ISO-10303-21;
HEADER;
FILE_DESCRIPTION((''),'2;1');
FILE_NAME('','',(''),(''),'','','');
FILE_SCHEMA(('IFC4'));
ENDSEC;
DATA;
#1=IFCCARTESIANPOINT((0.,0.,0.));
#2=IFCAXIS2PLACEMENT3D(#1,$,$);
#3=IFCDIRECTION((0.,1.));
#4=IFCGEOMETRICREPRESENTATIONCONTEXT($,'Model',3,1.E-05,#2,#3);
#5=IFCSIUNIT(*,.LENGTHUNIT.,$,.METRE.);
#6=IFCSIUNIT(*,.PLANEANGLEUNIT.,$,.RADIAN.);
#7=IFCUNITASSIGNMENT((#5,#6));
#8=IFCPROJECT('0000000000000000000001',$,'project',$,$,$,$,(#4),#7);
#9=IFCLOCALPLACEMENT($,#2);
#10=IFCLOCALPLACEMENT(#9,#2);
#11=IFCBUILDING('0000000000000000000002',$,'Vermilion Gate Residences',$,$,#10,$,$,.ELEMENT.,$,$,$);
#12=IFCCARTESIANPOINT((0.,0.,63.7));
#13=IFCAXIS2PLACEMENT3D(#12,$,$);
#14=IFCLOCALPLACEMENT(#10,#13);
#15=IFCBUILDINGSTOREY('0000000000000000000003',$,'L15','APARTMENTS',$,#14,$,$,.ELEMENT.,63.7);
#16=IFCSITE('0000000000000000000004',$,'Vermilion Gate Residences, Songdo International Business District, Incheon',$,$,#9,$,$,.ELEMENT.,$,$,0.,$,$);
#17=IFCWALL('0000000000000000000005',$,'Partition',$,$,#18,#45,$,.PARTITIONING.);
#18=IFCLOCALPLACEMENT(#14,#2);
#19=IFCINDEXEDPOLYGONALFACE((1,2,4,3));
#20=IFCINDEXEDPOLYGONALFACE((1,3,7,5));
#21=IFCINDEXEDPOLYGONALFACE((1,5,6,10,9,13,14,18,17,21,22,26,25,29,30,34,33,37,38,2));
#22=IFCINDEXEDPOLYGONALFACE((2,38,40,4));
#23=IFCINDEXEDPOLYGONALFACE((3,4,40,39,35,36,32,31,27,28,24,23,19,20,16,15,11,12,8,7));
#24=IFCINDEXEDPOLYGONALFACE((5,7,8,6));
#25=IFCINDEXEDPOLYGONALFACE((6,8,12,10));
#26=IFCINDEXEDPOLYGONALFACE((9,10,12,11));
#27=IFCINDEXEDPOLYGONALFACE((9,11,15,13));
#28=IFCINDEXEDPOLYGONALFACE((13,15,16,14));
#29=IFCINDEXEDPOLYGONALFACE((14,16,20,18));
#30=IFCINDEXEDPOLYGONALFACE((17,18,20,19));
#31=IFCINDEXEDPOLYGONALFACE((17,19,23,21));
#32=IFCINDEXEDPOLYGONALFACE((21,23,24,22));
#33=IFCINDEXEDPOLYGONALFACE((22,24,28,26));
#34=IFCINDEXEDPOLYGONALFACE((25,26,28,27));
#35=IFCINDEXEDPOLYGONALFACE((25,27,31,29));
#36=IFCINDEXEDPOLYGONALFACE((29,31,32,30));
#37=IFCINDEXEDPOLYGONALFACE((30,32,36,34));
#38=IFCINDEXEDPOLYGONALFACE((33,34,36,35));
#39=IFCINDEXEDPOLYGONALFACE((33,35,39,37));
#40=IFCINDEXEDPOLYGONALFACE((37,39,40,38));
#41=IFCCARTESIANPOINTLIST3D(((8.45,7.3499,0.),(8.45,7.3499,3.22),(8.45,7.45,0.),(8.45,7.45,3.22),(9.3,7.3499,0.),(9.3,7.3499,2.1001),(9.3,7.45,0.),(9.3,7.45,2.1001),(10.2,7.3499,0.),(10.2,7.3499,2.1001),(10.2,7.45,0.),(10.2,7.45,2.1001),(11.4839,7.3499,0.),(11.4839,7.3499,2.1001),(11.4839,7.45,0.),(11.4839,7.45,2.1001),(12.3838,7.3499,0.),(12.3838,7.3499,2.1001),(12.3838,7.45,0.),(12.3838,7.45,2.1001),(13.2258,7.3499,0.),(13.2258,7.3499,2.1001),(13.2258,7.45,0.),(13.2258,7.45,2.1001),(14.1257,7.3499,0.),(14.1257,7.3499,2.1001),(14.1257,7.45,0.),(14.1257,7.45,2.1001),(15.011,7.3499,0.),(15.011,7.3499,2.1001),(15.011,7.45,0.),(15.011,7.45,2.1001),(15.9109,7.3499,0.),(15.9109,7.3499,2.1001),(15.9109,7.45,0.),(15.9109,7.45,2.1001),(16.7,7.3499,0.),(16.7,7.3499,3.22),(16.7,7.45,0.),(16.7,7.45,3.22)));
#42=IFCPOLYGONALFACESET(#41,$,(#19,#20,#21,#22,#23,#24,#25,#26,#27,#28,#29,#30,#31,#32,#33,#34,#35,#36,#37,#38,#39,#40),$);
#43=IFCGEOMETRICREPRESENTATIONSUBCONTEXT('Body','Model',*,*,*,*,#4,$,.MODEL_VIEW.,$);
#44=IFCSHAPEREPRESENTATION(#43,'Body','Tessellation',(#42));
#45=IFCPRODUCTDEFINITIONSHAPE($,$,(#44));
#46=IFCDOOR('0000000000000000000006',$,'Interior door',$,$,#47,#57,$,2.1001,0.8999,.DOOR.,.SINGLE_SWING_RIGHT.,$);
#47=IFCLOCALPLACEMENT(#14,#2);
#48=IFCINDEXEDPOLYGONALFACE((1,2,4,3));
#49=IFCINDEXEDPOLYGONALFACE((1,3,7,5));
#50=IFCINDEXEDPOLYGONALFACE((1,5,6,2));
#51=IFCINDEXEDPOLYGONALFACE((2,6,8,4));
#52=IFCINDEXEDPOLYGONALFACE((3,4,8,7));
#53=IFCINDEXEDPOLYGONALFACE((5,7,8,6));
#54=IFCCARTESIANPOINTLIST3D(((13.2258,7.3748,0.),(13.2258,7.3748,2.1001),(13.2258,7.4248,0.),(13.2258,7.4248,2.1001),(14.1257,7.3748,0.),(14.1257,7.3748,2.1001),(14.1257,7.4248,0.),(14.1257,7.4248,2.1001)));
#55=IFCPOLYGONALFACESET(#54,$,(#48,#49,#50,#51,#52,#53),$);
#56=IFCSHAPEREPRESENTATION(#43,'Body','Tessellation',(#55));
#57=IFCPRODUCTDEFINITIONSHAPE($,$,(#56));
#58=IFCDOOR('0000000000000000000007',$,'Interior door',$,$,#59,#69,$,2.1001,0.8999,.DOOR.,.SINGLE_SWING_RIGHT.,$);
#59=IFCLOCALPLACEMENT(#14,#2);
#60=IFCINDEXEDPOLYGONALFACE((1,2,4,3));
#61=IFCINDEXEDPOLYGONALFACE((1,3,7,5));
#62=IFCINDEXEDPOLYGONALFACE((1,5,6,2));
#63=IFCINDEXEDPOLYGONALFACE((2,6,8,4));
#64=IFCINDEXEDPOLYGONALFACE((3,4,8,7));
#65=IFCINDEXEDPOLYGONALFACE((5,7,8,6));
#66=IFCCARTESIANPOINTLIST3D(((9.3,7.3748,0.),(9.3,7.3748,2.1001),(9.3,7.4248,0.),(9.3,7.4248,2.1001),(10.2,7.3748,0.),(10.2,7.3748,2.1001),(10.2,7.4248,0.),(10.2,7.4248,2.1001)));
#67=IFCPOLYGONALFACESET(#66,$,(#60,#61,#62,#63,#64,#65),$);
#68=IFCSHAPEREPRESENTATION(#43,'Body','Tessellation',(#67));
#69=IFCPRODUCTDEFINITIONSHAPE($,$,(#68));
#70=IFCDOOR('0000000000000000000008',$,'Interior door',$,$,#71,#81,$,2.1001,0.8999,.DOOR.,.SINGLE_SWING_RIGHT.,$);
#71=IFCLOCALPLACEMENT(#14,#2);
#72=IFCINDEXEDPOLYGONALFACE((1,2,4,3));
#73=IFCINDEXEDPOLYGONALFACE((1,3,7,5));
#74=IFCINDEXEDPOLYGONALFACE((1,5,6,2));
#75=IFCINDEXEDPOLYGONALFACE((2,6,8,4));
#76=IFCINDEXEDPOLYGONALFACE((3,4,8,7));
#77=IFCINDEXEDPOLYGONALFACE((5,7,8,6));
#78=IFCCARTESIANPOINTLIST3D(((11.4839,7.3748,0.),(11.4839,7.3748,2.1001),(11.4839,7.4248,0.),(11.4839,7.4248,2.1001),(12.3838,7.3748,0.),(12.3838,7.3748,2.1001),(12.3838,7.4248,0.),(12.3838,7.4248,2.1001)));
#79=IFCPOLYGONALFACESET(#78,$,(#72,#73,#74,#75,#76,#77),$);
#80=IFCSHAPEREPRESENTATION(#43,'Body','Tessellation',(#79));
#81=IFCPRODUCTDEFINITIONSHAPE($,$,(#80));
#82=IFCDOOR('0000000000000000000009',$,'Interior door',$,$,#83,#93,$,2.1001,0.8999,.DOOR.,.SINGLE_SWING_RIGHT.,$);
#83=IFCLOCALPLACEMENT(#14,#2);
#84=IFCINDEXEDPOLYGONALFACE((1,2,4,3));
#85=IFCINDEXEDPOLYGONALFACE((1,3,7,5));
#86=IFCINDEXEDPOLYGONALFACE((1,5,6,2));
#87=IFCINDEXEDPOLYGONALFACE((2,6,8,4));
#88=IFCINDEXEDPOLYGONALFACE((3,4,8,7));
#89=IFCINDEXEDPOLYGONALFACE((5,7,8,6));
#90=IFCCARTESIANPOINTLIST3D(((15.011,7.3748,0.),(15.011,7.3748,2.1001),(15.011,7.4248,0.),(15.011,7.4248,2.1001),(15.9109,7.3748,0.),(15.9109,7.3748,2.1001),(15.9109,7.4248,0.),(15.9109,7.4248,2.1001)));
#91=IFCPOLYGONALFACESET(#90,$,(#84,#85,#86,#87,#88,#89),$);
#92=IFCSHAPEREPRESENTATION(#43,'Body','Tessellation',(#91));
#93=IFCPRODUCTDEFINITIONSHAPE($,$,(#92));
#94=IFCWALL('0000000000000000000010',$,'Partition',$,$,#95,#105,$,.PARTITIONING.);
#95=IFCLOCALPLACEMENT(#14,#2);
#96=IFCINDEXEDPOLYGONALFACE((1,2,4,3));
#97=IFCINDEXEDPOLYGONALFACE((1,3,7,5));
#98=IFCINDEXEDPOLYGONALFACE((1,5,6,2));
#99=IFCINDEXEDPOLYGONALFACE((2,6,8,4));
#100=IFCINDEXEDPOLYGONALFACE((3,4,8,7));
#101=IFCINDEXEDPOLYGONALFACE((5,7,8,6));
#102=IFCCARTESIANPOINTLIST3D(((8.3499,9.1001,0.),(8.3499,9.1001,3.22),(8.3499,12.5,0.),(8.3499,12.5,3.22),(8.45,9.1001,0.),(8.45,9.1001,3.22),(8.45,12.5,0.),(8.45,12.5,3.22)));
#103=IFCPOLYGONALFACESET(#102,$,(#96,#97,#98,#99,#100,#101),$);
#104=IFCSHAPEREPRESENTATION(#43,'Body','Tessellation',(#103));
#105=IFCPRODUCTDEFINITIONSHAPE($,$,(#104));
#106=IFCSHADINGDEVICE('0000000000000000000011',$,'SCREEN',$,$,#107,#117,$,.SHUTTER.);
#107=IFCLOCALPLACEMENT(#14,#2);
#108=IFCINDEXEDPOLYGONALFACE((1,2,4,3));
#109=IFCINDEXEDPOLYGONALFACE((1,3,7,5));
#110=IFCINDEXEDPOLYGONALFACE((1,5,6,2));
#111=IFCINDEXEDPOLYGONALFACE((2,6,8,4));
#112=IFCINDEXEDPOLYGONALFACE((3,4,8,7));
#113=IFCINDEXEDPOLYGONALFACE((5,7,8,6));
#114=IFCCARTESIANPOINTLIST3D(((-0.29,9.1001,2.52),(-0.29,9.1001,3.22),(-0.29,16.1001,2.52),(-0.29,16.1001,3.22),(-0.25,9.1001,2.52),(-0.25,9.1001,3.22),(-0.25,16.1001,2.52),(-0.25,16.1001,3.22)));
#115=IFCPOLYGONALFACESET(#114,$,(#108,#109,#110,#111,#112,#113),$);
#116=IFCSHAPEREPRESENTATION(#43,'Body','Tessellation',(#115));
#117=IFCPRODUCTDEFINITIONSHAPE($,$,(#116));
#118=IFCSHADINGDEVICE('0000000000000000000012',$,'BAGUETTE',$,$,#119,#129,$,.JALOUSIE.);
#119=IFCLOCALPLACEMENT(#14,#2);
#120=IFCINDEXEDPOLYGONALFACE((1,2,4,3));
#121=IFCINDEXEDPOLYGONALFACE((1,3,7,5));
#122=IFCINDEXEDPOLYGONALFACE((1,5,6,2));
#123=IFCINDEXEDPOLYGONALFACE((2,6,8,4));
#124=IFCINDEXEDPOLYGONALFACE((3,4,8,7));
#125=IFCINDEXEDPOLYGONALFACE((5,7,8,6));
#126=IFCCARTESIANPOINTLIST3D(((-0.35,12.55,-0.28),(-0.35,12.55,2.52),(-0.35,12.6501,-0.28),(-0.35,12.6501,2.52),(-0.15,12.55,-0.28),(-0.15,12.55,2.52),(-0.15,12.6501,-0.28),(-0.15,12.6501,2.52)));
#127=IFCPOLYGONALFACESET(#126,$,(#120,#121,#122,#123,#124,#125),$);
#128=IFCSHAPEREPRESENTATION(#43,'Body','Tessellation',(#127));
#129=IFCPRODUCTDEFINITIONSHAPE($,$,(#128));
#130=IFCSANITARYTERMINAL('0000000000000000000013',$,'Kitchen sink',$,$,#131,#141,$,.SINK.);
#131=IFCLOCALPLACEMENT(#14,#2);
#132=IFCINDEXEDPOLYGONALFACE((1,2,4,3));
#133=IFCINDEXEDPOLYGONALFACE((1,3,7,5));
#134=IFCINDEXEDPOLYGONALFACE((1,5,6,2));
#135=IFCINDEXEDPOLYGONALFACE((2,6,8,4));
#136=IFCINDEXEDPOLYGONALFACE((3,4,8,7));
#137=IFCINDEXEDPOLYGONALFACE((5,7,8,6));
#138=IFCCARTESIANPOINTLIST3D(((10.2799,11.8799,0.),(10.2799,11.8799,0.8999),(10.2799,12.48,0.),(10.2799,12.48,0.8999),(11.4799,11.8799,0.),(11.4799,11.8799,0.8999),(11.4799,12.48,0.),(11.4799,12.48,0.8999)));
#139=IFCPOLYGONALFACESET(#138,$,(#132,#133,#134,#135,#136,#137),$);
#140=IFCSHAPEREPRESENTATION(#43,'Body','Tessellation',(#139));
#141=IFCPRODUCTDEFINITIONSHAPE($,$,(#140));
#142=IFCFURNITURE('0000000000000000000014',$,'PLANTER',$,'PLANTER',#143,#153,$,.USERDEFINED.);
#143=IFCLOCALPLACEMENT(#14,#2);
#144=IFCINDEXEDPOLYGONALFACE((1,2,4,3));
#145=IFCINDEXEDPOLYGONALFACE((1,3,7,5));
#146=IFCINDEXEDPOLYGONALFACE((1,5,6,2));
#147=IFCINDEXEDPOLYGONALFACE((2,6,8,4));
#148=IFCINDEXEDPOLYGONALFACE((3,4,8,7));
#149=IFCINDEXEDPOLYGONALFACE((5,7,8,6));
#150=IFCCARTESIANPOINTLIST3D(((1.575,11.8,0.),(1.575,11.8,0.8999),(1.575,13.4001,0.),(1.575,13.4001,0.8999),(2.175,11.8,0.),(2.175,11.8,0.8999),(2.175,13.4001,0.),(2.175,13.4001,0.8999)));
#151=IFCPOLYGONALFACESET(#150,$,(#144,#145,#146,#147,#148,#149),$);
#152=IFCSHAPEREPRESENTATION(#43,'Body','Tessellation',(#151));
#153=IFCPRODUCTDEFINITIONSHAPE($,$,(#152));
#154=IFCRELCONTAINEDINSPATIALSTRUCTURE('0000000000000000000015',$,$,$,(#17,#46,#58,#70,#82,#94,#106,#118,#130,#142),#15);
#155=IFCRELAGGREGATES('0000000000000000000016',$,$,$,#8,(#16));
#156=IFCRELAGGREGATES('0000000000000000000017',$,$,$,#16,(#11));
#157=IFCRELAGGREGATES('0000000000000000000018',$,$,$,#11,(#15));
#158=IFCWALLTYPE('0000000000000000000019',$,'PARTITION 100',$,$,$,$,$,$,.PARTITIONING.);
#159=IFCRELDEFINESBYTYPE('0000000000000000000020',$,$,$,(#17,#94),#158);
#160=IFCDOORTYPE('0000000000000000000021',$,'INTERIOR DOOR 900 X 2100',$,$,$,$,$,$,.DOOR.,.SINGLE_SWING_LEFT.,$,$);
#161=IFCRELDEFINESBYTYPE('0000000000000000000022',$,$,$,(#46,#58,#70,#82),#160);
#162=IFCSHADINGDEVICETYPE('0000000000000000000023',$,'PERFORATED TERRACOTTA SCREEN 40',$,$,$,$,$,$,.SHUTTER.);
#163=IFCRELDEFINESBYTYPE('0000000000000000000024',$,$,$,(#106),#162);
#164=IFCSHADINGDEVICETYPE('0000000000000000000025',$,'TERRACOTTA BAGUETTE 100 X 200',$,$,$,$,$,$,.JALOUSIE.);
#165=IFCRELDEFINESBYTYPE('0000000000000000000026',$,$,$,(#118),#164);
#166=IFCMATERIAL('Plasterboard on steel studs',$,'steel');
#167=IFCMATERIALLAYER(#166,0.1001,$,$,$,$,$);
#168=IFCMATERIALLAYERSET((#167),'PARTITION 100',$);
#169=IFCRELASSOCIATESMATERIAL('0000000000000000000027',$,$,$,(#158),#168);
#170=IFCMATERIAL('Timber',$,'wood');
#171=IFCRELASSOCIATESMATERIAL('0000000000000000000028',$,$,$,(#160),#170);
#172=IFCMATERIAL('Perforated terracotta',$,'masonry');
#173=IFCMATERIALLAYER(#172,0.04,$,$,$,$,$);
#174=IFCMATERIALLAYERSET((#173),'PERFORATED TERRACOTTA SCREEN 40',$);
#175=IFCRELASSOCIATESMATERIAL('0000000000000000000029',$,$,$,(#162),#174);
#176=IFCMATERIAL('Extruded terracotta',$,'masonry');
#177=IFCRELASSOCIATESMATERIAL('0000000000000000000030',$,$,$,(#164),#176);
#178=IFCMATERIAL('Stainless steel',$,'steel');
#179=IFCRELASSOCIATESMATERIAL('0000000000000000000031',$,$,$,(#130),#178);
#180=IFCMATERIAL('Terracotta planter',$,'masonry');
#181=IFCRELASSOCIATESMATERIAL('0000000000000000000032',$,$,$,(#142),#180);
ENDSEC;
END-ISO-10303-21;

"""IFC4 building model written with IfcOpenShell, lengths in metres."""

from ifc_helpers import new_model, si_unit, direction, frame, frame_2d, origin, origin_2d, place, context, subcontext, project, spatial, rectangle, extrude, material, layer, layer_set, material_profile, profile_set, type_object, element, fill, save


model = new_model("IFC4")

# Units and contexts
model_context = context("Model", 3, precision=1e-05, world=origin(), true_north=direction((0.0, 1.0)))
body_context = subcontext(model_context, "Body", "Model", "MODEL_VIEW")
ifc_project = project(units=[si_unit("LENGTHUNIT", "METRE"), si_unit("PLANEANGLEUNIT", "RADIAN")], contexts=[model_context])

# Site, building, storey
site_placement = place(None, origin())
site = spatial("IfcSite", under=ifc_project, at=site_placement, Name="Vermilion Gate Residences, Songdo International Business District, Incheon", CompositionType="ELEMENT", RefElevation=0.0)
building_placement = place(site_placement, origin())
building = spatial("IfcBuilding", under=site, at=building_placement, Name="Vermilion Gate Residences", CompositionType="ELEMENT")
storey_placement = place(building_placement, frame((0.0, 0.0, 63.7)))
storey = spatial("IfcBuildingStorey", under=building, at=storey_placement, Name="L15", Description="APARTMENTS", CompositionType="ELEMENT", Elevation=63.7)

# Wall, openings, doors
ifc_material_1 = material(Name="Plasterboard on steel studs", Category="steel")
ifc_layer_1 = layer(ifc_material_1, 0.1001)
ifc_layer_set_1 = layer_set([ifc_layer_1], Name="PARTITION 100")
wall_type_1 = type_object("IfcWallType", Name="PARTITION 100", PredefinedType="PARTITIONING", material=ifc_layer_set_1)
ifc_material_2 = material(Name="Timber", Category="wood")
door_type = type_object("IfcDoorType", Name="INTERIOR DOOR 900 X 2100", OperationType="SINGLE_SWING_LEFT", PredefinedType="DOOR", material=ifc_material_2)
wall_1_placement = place(storey_placement, frame((8.45, 7.3999, 0.0), z_axis=(0.0, 0.0, 1.0), x_axis=(1.0, 0.0, 0.0)))
wall_1 = element("IfcWall", 1, at=wall_1_placement, inside=storey, type_object=wall_type_1, Name="Partition", PredefinedType="PARTITIONING", context=body_context, shape_type="SweptSolid", body=[
    extrude(rectangle(XDim=8.25, YDim=0.1001, at=frame_2d((4.125, 0.0))), origin(), (0.0, 0.0, 1.0), 3.22),
])
opening_1_placement = place(wall_1_placement, frame((4.7759, 0.0, 0.0)))
opening_1 = element("IfcOpeningElement", 2, at=opening_1_placement, cuts=wall_1, PredefinedType="OPENING", context=body_context, shape_type="SweptSolid", body=[
    extrude(rectangle(XDim=0.8999, YDim=2.1001, at=frame_2d((0.45, 1.05))), frame((0.0, 0.0601, 0.0), z_axis=(0.0, -1.0, 0.0), x_axis=(1.0, 0.0, 0.0)), (0.0, 0.0, 1.0), 0.1201),
])
opening_2_placement = place(wall_1_placement, frame((0.8501, 0.0, 0.0)))
opening_2 = element("IfcOpeningElement", 3, at=opening_2_placement, cuts=wall_1, PredefinedType="OPENING", context=body_context, shape_type="SweptSolid", body=[
    extrude(rectangle(XDim=0.8999, YDim=2.1001, at=frame_2d((0.45, 1.05))), frame((0.0, 0.0601, 0.0), z_axis=(0.0, -1.0, 0.0), x_axis=(1.0, 0.0, 0.0)), (0.0, 0.0, 1.0), 0.1201),
])
opening_3_placement = place(wall_1_placement, frame((3.0339, 0.0, 0.0)))
opening_3 = element("IfcOpeningElement", 4, at=opening_3_placement, cuts=wall_1, PredefinedType="OPENING", context=body_context, shape_type="SweptSolid", body=[
    extrude(rectangle(XDim=0.8999, YDim=2.1001, at=frame_2d((0.45, 1.05))), frame((0.0, 0.0601, 0.0), z_axis=(0.0, -1.0, 0.0), x_axis=(1.0, 0.0, 0.0)), (0.0, 0.0, 1.0), 0.1201),
])
opening_4_placement = place(wall_1_placement, frame((6.561, 0.0, 0.0)))
opening_4 = element("IfcOpeningElement", 5, at=opening_4_placement, cuts=wall_1, PredefinedType="OPENING", context=body_context, shape_type="SweptSolid", body=[
    extrude(rectangle(XDim=0.8999, YDim=2.1001, at=frame_2d((0.45, 1.05))), frame((0.0, 0.0601, 0.0), z_axis=(0.0, -1.0, 0.0), x_axis=(1.0, 0.0, 0.0)), (0.0, 0.0, 1.0), 0.1201),
])
door_1_placement = place(opening_1_placement, origin())
door_1 = element("IfcDoor", 6, at=door_1_placement, inside=storey, type_object=door_type, Name="Interior door", OperationType="SINGLE_SWING_RIGHT", OverallHeight=2.1001, OverallWidth=0.8999, PredefinedType="DOOR", context=body_context, shape_type="SweptSolid", body=[
    extrude(rectangle(XDim=0.8999, YDim=2.1001, at=frame_2d((0.45, 1.05))), frame((0.0, 0.0249, 0.0), z_axis=(0.0, -1.0, 0.0), x_axis=(1.0, 0.0, 0.0)), (0.0, 0.0, 1.0), 0.05),
])
fill(opening_1, door_1)
door_2_placement = place(opening_2_placement, origin())
door_2 = element("IfcDoor", 7, at=door_2_placement, inside=storey, type_object=door_type, Name="Interior door", OperationType="SINGLE_SWING_RIGHT", OverallHeight=2.1001, OverallWidth=0.8999, PredefinedType="DOOR", context=body_context, shape_type="SweptSolid", body=[
    extrude(rectangle(XDim=0.8999, YDim=2.1001, at=frame_2d((0.45, 1.05))), frame((0.0, 0.0249, 0.0), z_axis=(0.0, -1.0, 0.0), x_axis=(1.0, 0.0, 0.0)), (0.0, 0.0, 1.0), 0.05),
])
fill(opening_2, door_2)
door_3_placement = place(opening_3_placement, origin())
door_3 = element("IfcDoor", 8, at=door_3_placement, inside=storey, type_object=door_type, Name="Interior door", OperationType="SINGLE_SWING_RIGHT", OverallHeight=2.1001, OverallWidth=0.8999, PredefinedType="DOOR", context=body_context, shape_type="SweptSolid", body=[
    extrude(rectangle(XDim=0.8999, YDim=2.1001, at=frame_2d((0.45, 1.05))), frame((0.0, 0.0249, 0.0), z_axis=(0.0, -1.0, 0.0), x_axis=(1.0, 0.0, 0.0)), (0.0, 0.0, 1.0), 0.05),
])
fill(opening_3, door_3)
door_4_placement = place(opening_4_placement, origin())
door_4 = element("IfcDoor", 9, at=door_4_placement, inside=storey, type_object=door_type, Name="Interior door", OperationType="SINGLE_SWING_RIGHT", OverallHeight=2.1001, OverallWidth=0.8999, PredefinedType="DOOR", context=body_context, shape_type="SweptSolid", body=[
    extrude(rectangle(XDim=0.8999, YDim=2.1001, at=frame_2d((0.45, 1.05))), frame((0.0, 0.0249, 0.0), z_axis=(0.0, -1.0, 0.0), x_axis=(1.0, 0.0, 0.0)), (0.0, 0.0, 1.0), 0.05),
])
fill(opening_4, door_4)

# Wall
wall_2_placement = place(storey_placement, frame((8.3999, 9.1001, 0.0), z_axis=(0.0, 0.0, 1.0), x_axis=(0.0, 1.0, 0.0)))
element("IfcWall", 10, at=wall_2_placement, inside=storey, type_object=wall_type_1, Name="Partition", PredefinedType="PARTITIONING", context=body_context, shape_type="SweptSolid", body=[
    extrude(rectangle(XDim=3.3999, YDim=0.1001, at=frame_2d((1.7, 0.0))), origin(), (0.0, 0.0, 1.0), 3.22),
])

# Shading devices
ifc_material_3 = material(Name="Perforated terracotta", Category="masonry")
ifc_layer_2 = layer(ifc_material_3, 0.04)
ifc_layer_set_2 = layer_set([ifc_layer_2], Name="PERFORATED TERRACOTTA SCREEN 40")
shading_device_type_1 = type_object("IfcShadingDeviceType", Name="PERFORATED TERRACOTTA SCREEN 40", PredefinedType="SHUTTER", material=ifc_layer_set_2)
shading_device_1_placement = place(storey_placement, frame((-0.27, 12.6001, 2.52), z_axis=(0.0, 0.0, 1.0), x_axis=(0.0, -1.0, 0.0)))
element("IfcShadingDevice", 11, at=shading_device_1_placement, inside=storey, type_object=shading_device_type_1, Name="SCREEN", PredefinedType="SHUTTER", context=body_context, shape_type="SweptSolid", body=[
    extrude(rectangle(XDim=7.0, YDim=0.04, at=origin_2d()), origin(), (0.0, 0.0, 1.0), 0.7),
])
ifc_material_4 = material(Name="Extruded terracotta", Category="masonry")
ifc_material_profile_1 = material_profile(ifc_material_4, rectangle(XDim=0.2, YDim=0.1001, at=origin_2d()), Name="BAGUETTE 100 X 200")
ifc_profile_set_1 = profile_set([ifc_material_profile_1], Name="Extruded terracotta")
shading_device_type_2 = type_object("IfcShadingDeviceType", Name="TERRACOTTA BAGUETTE 100 X 200", PredefinedType="JALOUSIE", material=ifc_profile_set_1)
shading_device_2_placement = place(storey_placement, frame((-0.25, 12.6001, -0.28), z_axis=(0.0, 0.0, 1.0), x_axis=(1.0, 0.0, 0.0)))
element("IfcShadingDevice", 12, at=shading_device_2_placement, inside=storey, type_object=shading_device_type_2, Name="BAGUETTE", PredefinedType="JALOUSIE", context=body_context, shape_type="SweptSolid", body=[
    extrude(rectangle(XDim=0.2, YDim=0.1001, at=origin_2d()), origin(), (0.0, 0.0, 1.0), 2.8),
])

# Sanitary terminal
ifc_material_5 = material(Name="Stainless steel", Category="steel")
sanitary_terminal_placement = place(storey_placement, frame((10.8799, 12.1799, 0.0), z_axis=(0.0, 0.0, 1.0), x_axis=(1.0, 0.0, 0.0)))
element("IfcSanitaryTerminal", 13, at=sanitary_terminal_placement, inside=storey, material=ifc_material_5, Name="Kitchen sink", PredefinedType="SINK", context=body_context, shape_type="SweptSolid", body=[
    extrude(rectangle(XDim=1.2, YDim=0.6001, at=origin_2d()), origin(), (0.0, 0.0, 1.0), 0.8999),
])

# Furniture
ifc_material_6 = material(Name="Terracotta planter", Category="masonry")
furniture_placement = place(storey_placement, frame((1.875, 12.6001, 0.0), z_axis=(0.0, 0.0, 1.0), x_axis=(0.0, -1.0, 0.0)))
element("IfcFurniture", 14, at=furniture_placement, inside=storey, material=ifc_material_6, Name="PLANTER", ObjectType="PLANTER", PredefinedType="USERDEFINED", context=body_context, shape_type="SweptSolid", body=[
    extrude(rectangle(XDim=1.6001, YDim=0.6001, at=origin_2d()), origin(), (0.0, 0.0, 1.0), 0.8999),
])

save(model, "model.ifc")
